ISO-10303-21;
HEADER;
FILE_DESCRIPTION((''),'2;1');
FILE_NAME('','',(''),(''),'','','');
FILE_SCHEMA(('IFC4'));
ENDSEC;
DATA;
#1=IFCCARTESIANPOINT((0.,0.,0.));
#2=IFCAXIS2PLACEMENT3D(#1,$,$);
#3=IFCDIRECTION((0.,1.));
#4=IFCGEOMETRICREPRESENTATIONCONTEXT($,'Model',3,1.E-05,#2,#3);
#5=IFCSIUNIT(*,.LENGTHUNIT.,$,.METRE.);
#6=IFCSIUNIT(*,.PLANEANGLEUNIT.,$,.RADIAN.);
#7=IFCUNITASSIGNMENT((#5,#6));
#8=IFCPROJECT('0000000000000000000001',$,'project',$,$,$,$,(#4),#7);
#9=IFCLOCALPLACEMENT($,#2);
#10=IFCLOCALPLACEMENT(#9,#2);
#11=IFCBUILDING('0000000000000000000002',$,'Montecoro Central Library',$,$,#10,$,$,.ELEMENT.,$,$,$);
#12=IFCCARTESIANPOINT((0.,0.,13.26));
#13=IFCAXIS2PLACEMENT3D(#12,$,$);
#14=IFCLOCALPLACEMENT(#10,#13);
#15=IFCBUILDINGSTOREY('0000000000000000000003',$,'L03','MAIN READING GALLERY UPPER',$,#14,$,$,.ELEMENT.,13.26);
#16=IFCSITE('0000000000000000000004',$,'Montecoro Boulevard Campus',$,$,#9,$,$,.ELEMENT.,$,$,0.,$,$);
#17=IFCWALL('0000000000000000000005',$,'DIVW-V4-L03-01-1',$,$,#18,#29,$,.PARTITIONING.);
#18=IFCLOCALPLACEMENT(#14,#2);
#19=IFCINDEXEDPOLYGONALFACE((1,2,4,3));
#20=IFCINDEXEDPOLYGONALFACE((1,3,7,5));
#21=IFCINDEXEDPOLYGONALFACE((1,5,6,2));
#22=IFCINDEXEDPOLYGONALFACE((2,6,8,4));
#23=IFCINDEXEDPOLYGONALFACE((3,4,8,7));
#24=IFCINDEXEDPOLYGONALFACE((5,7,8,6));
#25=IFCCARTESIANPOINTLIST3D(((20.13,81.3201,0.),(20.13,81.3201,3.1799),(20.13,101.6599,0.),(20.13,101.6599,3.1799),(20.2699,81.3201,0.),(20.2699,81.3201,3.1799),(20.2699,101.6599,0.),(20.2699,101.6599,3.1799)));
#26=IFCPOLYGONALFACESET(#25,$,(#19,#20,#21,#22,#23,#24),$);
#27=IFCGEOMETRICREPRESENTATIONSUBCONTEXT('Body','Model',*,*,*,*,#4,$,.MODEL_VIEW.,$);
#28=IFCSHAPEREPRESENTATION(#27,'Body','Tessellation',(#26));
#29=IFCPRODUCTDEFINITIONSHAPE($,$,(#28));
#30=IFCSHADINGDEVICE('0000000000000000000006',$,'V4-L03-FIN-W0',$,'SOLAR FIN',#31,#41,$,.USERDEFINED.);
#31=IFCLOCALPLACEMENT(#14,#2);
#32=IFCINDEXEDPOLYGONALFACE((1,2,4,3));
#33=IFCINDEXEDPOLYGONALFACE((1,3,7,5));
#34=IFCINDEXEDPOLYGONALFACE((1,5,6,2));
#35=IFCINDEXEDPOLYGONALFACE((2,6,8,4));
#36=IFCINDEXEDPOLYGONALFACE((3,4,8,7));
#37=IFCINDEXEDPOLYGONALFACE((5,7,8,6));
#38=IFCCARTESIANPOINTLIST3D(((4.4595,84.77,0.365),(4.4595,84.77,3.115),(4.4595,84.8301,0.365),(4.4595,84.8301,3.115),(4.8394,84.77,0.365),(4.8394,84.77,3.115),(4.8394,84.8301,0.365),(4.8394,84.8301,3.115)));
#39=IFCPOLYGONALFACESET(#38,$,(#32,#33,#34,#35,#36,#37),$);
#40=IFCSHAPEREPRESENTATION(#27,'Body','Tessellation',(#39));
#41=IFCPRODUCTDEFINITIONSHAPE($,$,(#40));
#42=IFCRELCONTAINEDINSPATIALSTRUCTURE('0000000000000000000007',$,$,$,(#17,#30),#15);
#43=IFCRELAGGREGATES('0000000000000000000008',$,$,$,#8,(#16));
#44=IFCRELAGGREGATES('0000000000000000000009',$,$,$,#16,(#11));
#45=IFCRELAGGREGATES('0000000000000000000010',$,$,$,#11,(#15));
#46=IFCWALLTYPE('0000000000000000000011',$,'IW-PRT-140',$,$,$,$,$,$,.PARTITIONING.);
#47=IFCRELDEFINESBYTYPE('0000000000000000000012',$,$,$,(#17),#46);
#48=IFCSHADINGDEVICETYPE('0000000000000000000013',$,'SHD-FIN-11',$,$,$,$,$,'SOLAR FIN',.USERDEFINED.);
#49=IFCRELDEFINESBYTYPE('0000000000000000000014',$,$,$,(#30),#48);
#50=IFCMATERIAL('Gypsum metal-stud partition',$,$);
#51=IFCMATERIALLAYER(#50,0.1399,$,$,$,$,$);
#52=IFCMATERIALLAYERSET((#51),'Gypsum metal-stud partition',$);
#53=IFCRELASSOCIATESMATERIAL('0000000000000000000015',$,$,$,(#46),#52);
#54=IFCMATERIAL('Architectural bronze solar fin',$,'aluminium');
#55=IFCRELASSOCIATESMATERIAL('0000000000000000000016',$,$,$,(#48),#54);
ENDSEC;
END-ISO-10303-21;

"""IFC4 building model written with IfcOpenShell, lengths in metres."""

from ifc_helpers import new_model, si_unit, direction, frame, frame_2d, origin, origin_2d, place, context, subcontext, project, spatial, rectangle, extrude, material, layer, layer_set, type_object, element, save


model = new_model("IFC4")

# Units and contexts
model_context = context("Model", 3, precision=1e-05, world=origin(), true_north=direction((0.0, 1.0)))
body_context = subcontext(model_context, "Body", "Model", "MODEL_VIEW")
ifc_project = project(units=[si_unit("LENGTHUNIT", "METRE"), si_unit("PLANEANGLEUNIT", "RADIAN")], contexts=[model_context])

# Site, building, storey
site_placement = place(None, origin())
site = spatial("IfcSite", under=ifc_project, at=site_placement, Name="Montecoro Boulevard Campus", CompositionType="ELEMENT", RefElevation=0.0)
building_placement = place(site_placement, origin())
building = spatial("IfcBuilding", under=site, at=building_placement, Name="Montecoro Central Library", CompositionType="ELEMENT")
storey_placement = place(building_placement, frame((0.0, 0.0, 13.26)))
storey = spatial("IfcBuildingStorey", under=building, at=storey_placement, Name="L03", Description="MAIN READING GALLERY UPPER", CompositionType="ELEMENT", Elevation=13.26)

# Wall
ifc_material_1 = material(Name="Gypsum metal-stud partition")
ifc_layer_1 = layer(ifc_material_1, 0.1399)
ifc_layer_set_1 = layer_set([ifc_layer_1], Name="Gypsum metal-stud partition")
wall_type_1 = type_object("IfcWallType", Name="IW-PRT-140", PredefinedType="PARTITIONING", material=ifc_layer_set_1)
wall_1_placement = place(storey_placement, frame((20.2, 81.3201, 0.0), z_axis=(0.0, 0.0, 1.0), x_axis=(0.0, 1.0, 0.0)))
element("IfcWall", 1, at=wall_1_placement, inside=storey, type_object=wall_type_1, Name="DIVW-V4-L03-01-1", PredefinedType="PARTITIONING", context=body_context, shape_type="SweptSolid", body=[
    extrude(rectangle(XDim=20.3398, YDim=0.1399, at=frame_2d((10.1699, 0.0))), origin(), (0.0, 0.0, 1.0), 3.1799),
])

# Shading device
ifc_material_2 = material(Name="Architectural bronze solar fin", Category="aluminium")
shading_device_type = type_object("IfcShadingDeviceType", Name="SHD-FIN-11", ElementType="SOLAR FIN", PredefinedType="USERDEFINED", material=ifc_material_2)
shading_device_placement = place(storey_placement, frame((4.6494, 84.8, 0.365), z_axis=(0.0, 0.0, 1.0), x_axis=(0.0, -1.0, 0.0)))
element("IfcShadingDevice", 2, at=shading_device_placement, inside=storey, type_object=shading_device_type, Name="V4-L03-FIN-W0", ObjectType="SOLAR FIN", PredefinedType="USERDEFINED", context=body_context, shape_type="SweptSolid", body=[
    extrude(rectangle(XDim=0.0601, YDim=0.3799, at=origin_2d()), origin(), (0.0, 0.0, 1.0), 2.75),
])

save(model, "model.ifc")
